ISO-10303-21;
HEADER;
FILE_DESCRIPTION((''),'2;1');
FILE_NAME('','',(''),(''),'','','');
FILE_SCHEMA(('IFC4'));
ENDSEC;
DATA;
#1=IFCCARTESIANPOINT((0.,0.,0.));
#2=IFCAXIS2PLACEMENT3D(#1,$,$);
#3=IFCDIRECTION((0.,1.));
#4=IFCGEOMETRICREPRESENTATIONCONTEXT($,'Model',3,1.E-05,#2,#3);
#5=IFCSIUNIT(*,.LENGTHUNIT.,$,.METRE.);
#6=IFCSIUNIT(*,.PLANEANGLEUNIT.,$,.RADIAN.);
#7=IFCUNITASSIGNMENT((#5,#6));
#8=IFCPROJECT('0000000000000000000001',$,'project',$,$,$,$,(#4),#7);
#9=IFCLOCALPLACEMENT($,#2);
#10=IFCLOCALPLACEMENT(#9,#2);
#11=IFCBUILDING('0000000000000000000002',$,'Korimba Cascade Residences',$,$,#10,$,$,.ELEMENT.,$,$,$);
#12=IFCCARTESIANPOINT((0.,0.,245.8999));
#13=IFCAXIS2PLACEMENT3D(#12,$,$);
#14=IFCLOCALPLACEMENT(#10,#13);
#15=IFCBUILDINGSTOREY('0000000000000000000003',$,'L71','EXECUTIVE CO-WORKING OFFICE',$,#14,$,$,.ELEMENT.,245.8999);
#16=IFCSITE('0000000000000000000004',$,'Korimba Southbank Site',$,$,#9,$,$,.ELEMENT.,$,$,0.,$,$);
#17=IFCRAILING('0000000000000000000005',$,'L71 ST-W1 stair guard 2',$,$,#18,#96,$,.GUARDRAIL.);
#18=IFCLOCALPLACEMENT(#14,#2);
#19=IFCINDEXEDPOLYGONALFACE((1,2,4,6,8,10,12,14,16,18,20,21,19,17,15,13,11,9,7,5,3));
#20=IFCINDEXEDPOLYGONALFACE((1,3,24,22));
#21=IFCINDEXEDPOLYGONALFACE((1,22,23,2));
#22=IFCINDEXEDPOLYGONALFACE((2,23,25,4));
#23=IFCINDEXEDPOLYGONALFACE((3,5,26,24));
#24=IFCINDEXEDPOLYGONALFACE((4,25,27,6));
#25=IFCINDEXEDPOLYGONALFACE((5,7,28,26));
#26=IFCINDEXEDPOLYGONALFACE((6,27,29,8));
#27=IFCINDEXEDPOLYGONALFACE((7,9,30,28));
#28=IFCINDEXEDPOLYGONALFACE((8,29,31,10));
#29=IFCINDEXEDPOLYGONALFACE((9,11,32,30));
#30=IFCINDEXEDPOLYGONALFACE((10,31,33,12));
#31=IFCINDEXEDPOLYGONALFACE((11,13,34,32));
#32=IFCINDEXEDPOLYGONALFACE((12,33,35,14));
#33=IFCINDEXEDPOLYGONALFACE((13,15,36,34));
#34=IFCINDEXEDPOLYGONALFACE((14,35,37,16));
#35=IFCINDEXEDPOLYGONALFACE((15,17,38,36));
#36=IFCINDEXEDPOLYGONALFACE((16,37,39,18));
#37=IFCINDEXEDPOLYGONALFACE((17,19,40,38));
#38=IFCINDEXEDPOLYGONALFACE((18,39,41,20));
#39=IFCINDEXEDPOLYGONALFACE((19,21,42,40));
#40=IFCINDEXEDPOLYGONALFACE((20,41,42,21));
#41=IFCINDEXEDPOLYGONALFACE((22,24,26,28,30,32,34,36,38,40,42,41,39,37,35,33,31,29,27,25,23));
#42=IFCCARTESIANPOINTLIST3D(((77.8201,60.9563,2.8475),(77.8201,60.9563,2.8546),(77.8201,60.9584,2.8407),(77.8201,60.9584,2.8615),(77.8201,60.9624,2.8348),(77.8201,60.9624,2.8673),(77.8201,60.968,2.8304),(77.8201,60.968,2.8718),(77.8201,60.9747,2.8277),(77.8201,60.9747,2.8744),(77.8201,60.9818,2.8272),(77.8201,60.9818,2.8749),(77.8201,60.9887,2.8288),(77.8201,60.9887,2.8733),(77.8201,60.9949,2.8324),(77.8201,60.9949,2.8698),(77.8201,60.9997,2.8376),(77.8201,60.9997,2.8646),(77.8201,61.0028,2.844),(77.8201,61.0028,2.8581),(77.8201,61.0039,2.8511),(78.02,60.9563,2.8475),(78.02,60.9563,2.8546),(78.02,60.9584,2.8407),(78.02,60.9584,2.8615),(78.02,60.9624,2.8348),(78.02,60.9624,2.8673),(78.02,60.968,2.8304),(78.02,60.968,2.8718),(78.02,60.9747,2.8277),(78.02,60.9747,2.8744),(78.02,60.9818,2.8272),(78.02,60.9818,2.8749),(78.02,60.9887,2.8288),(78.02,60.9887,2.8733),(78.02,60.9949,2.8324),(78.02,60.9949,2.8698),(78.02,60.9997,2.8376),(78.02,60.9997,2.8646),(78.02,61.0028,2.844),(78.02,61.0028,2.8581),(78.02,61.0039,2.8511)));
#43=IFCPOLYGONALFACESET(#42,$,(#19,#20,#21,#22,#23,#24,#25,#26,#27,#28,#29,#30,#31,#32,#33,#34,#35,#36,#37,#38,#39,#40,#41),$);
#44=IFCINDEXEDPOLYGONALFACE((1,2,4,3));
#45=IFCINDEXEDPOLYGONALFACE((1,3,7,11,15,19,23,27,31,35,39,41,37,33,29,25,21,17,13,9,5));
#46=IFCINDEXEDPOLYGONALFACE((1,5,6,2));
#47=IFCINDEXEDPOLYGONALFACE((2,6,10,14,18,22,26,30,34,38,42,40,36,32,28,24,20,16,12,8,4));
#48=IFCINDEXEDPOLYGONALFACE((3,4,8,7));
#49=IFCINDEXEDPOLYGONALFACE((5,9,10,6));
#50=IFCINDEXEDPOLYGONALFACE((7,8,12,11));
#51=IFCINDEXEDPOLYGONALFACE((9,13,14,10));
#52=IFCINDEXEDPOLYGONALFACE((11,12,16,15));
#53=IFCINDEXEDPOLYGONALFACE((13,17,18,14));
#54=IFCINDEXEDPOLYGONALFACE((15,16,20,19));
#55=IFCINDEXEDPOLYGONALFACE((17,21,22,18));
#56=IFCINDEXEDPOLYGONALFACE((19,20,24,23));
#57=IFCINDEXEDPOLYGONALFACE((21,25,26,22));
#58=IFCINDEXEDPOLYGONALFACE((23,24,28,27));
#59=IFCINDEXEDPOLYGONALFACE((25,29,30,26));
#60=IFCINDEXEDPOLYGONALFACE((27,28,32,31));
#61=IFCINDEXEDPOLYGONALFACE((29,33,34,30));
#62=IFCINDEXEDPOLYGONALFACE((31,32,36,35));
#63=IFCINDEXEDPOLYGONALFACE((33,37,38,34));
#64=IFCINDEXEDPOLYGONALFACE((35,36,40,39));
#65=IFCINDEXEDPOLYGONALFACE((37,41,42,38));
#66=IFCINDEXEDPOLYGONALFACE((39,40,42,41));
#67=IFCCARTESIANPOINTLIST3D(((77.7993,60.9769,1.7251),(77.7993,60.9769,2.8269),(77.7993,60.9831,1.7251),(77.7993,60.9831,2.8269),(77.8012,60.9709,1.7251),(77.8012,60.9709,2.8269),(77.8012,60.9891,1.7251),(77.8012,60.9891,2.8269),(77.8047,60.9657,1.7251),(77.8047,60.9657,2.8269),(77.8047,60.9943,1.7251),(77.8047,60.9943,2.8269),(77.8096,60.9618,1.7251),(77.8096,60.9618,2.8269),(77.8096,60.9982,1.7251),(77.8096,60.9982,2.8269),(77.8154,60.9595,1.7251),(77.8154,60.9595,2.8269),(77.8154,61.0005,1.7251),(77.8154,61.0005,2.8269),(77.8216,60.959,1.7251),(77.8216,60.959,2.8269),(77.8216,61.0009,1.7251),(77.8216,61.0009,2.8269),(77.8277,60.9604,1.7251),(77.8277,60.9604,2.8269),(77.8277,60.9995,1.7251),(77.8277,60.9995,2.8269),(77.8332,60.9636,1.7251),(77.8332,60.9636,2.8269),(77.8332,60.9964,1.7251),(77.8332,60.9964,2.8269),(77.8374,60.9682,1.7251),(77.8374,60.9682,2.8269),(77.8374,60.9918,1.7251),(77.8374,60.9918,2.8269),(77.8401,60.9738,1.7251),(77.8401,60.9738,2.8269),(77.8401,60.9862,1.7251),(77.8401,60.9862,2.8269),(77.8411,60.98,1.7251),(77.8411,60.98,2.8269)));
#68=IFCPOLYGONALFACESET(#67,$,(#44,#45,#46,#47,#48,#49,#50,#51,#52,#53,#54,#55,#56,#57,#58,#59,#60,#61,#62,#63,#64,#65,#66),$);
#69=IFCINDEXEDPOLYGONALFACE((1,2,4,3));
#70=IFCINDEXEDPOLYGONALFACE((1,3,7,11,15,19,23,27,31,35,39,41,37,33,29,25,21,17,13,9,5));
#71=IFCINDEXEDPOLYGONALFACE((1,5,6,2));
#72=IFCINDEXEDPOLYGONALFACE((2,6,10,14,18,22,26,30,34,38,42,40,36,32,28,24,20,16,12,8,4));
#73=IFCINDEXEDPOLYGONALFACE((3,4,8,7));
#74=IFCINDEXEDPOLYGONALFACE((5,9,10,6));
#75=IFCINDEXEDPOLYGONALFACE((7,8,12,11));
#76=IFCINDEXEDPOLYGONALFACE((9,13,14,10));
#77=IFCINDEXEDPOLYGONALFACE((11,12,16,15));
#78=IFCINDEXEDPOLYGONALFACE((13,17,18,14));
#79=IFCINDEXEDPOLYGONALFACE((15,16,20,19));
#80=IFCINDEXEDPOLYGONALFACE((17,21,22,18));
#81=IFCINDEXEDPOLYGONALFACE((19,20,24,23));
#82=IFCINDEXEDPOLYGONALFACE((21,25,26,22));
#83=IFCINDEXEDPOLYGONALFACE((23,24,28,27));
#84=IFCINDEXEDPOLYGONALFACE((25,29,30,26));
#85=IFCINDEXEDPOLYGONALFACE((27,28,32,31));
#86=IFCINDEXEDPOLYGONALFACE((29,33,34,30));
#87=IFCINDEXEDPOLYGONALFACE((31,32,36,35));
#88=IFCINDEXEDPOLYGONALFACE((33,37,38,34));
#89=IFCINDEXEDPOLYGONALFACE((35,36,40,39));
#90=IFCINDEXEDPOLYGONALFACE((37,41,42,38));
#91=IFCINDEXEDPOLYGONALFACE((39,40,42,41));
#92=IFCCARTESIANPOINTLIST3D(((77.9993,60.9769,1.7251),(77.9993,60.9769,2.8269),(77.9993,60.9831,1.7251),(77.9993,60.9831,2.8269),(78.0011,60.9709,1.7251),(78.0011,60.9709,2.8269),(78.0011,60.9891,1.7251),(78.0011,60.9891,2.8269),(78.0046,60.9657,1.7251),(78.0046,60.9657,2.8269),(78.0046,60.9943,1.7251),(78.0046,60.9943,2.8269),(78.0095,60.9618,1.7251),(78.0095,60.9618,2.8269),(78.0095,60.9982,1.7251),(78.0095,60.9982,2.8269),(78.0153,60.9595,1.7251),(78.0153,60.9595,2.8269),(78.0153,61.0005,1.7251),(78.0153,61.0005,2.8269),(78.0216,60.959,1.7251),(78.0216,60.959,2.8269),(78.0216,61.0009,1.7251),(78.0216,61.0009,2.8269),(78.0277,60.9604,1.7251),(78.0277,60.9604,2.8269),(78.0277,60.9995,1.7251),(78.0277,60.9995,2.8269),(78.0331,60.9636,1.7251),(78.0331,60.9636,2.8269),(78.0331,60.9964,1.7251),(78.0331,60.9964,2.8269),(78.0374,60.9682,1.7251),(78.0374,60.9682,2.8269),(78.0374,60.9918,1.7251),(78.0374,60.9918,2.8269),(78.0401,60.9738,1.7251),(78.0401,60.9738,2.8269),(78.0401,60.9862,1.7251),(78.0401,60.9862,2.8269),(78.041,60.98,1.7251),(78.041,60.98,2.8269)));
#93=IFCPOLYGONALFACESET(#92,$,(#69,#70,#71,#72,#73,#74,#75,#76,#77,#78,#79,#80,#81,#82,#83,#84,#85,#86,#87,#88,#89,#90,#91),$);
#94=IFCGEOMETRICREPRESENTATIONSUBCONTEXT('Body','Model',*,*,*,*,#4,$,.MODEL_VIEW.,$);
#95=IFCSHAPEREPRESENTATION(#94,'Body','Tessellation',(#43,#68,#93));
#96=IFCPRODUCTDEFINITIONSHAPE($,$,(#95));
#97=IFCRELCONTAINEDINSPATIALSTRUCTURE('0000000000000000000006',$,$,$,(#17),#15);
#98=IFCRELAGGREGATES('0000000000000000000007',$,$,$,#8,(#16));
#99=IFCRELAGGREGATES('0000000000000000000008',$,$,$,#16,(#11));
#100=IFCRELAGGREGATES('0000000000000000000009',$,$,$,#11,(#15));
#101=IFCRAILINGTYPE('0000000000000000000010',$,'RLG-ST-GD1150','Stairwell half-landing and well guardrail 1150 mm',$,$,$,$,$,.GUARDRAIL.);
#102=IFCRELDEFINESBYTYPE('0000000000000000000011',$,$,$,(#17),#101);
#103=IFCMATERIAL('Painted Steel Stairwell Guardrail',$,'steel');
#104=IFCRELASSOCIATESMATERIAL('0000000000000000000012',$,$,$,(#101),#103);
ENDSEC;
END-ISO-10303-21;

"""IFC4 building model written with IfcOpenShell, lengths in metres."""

from ifc_helpers import new_model, si_unit, direction, frame, origin, origin_2d, place, context, subcontext, project, spatial, circle, extrude, material, type_object, element, save


model = new_model("IFC4")

# Units and contexts
model_context = context("Model", 3, precision=1e-05, world=origin(), true_north=direction((0.0, 1.0)))
body_context = subcontext(model_context, "Body", "Model", "MODEL_VIEW")
ifc_project = project(units=[si_unit("LENGTHUNIT", "METRE"), si_unit("PLANEANGLEUNIT", "RADIAN")], contexts=[model_context])

# Site, building, storey
site_placement = place(None, origin())
site = spatial("IfcSite", under=ifc_project, at=site_placement, Name="Korimba Southbank Site", CompositionType="ELEMENT", RefElevation=0.0)
building_placement = place(site_placement, origin())
building = spatial("IfcBuilding", under=site, at=building_placement, Name="Korimba Cascade Residences", CompositionType="ELEMENT")
storey_placement = place(building_placement, frame((0.0, 0.0, 245.8999)))
storey = spatial("IfcBuildingStorey", under=building, at=storey_placement, Name="L71", Description="EXECUTIVE CO-WORKING OFFICE", CompositionType="ELEMENT", Elevation=245.8999)

# Railing
ifc_material_1 = material(Name="Painted Steel Stairwell Guardrail", Category="steel")
railing_type_1 = type_object("IfcRailingType", Name="RLG-ST-GD1150", Description="Stairwell half-landing and well guardrail 1150 mm", PredefinedType="GUARDRAIL", material=ifc_material_1)
railing_1_placement = place(storey_placement, frame((77.8201, 60.98, 1.7251)))
element("IfcRailing", 1, at=railing_1_placement, inside=storey, type_object=railing_type_1, Name="L71 ST-W1 stair guard 2", PredefinedType="GUARDRAIL", context=body_context, shape_type="SweptSolid", body=[
    extrude(circle(Radius=0.0239, at=origin_2d()), frame((0.0, 0.0, 1.126), z_axis=(1.0, 0.0, 0.0), x_axis=(0.0, 1.0, 0.0)), (0.0, 0.0, 1.0), 0.2),
    extrude(circle(Radius=0.021, at=origin_2d()), origin(), (0.0, 0.0, 1.0), 1.1018),
    extrude(circle(Radius=0.021, at=origin_2d()), frame((0.2, 0.0, 0.0)), (0.0, 0.0, 1.0), 1.1018),
])

save(model, "model.ifc")
